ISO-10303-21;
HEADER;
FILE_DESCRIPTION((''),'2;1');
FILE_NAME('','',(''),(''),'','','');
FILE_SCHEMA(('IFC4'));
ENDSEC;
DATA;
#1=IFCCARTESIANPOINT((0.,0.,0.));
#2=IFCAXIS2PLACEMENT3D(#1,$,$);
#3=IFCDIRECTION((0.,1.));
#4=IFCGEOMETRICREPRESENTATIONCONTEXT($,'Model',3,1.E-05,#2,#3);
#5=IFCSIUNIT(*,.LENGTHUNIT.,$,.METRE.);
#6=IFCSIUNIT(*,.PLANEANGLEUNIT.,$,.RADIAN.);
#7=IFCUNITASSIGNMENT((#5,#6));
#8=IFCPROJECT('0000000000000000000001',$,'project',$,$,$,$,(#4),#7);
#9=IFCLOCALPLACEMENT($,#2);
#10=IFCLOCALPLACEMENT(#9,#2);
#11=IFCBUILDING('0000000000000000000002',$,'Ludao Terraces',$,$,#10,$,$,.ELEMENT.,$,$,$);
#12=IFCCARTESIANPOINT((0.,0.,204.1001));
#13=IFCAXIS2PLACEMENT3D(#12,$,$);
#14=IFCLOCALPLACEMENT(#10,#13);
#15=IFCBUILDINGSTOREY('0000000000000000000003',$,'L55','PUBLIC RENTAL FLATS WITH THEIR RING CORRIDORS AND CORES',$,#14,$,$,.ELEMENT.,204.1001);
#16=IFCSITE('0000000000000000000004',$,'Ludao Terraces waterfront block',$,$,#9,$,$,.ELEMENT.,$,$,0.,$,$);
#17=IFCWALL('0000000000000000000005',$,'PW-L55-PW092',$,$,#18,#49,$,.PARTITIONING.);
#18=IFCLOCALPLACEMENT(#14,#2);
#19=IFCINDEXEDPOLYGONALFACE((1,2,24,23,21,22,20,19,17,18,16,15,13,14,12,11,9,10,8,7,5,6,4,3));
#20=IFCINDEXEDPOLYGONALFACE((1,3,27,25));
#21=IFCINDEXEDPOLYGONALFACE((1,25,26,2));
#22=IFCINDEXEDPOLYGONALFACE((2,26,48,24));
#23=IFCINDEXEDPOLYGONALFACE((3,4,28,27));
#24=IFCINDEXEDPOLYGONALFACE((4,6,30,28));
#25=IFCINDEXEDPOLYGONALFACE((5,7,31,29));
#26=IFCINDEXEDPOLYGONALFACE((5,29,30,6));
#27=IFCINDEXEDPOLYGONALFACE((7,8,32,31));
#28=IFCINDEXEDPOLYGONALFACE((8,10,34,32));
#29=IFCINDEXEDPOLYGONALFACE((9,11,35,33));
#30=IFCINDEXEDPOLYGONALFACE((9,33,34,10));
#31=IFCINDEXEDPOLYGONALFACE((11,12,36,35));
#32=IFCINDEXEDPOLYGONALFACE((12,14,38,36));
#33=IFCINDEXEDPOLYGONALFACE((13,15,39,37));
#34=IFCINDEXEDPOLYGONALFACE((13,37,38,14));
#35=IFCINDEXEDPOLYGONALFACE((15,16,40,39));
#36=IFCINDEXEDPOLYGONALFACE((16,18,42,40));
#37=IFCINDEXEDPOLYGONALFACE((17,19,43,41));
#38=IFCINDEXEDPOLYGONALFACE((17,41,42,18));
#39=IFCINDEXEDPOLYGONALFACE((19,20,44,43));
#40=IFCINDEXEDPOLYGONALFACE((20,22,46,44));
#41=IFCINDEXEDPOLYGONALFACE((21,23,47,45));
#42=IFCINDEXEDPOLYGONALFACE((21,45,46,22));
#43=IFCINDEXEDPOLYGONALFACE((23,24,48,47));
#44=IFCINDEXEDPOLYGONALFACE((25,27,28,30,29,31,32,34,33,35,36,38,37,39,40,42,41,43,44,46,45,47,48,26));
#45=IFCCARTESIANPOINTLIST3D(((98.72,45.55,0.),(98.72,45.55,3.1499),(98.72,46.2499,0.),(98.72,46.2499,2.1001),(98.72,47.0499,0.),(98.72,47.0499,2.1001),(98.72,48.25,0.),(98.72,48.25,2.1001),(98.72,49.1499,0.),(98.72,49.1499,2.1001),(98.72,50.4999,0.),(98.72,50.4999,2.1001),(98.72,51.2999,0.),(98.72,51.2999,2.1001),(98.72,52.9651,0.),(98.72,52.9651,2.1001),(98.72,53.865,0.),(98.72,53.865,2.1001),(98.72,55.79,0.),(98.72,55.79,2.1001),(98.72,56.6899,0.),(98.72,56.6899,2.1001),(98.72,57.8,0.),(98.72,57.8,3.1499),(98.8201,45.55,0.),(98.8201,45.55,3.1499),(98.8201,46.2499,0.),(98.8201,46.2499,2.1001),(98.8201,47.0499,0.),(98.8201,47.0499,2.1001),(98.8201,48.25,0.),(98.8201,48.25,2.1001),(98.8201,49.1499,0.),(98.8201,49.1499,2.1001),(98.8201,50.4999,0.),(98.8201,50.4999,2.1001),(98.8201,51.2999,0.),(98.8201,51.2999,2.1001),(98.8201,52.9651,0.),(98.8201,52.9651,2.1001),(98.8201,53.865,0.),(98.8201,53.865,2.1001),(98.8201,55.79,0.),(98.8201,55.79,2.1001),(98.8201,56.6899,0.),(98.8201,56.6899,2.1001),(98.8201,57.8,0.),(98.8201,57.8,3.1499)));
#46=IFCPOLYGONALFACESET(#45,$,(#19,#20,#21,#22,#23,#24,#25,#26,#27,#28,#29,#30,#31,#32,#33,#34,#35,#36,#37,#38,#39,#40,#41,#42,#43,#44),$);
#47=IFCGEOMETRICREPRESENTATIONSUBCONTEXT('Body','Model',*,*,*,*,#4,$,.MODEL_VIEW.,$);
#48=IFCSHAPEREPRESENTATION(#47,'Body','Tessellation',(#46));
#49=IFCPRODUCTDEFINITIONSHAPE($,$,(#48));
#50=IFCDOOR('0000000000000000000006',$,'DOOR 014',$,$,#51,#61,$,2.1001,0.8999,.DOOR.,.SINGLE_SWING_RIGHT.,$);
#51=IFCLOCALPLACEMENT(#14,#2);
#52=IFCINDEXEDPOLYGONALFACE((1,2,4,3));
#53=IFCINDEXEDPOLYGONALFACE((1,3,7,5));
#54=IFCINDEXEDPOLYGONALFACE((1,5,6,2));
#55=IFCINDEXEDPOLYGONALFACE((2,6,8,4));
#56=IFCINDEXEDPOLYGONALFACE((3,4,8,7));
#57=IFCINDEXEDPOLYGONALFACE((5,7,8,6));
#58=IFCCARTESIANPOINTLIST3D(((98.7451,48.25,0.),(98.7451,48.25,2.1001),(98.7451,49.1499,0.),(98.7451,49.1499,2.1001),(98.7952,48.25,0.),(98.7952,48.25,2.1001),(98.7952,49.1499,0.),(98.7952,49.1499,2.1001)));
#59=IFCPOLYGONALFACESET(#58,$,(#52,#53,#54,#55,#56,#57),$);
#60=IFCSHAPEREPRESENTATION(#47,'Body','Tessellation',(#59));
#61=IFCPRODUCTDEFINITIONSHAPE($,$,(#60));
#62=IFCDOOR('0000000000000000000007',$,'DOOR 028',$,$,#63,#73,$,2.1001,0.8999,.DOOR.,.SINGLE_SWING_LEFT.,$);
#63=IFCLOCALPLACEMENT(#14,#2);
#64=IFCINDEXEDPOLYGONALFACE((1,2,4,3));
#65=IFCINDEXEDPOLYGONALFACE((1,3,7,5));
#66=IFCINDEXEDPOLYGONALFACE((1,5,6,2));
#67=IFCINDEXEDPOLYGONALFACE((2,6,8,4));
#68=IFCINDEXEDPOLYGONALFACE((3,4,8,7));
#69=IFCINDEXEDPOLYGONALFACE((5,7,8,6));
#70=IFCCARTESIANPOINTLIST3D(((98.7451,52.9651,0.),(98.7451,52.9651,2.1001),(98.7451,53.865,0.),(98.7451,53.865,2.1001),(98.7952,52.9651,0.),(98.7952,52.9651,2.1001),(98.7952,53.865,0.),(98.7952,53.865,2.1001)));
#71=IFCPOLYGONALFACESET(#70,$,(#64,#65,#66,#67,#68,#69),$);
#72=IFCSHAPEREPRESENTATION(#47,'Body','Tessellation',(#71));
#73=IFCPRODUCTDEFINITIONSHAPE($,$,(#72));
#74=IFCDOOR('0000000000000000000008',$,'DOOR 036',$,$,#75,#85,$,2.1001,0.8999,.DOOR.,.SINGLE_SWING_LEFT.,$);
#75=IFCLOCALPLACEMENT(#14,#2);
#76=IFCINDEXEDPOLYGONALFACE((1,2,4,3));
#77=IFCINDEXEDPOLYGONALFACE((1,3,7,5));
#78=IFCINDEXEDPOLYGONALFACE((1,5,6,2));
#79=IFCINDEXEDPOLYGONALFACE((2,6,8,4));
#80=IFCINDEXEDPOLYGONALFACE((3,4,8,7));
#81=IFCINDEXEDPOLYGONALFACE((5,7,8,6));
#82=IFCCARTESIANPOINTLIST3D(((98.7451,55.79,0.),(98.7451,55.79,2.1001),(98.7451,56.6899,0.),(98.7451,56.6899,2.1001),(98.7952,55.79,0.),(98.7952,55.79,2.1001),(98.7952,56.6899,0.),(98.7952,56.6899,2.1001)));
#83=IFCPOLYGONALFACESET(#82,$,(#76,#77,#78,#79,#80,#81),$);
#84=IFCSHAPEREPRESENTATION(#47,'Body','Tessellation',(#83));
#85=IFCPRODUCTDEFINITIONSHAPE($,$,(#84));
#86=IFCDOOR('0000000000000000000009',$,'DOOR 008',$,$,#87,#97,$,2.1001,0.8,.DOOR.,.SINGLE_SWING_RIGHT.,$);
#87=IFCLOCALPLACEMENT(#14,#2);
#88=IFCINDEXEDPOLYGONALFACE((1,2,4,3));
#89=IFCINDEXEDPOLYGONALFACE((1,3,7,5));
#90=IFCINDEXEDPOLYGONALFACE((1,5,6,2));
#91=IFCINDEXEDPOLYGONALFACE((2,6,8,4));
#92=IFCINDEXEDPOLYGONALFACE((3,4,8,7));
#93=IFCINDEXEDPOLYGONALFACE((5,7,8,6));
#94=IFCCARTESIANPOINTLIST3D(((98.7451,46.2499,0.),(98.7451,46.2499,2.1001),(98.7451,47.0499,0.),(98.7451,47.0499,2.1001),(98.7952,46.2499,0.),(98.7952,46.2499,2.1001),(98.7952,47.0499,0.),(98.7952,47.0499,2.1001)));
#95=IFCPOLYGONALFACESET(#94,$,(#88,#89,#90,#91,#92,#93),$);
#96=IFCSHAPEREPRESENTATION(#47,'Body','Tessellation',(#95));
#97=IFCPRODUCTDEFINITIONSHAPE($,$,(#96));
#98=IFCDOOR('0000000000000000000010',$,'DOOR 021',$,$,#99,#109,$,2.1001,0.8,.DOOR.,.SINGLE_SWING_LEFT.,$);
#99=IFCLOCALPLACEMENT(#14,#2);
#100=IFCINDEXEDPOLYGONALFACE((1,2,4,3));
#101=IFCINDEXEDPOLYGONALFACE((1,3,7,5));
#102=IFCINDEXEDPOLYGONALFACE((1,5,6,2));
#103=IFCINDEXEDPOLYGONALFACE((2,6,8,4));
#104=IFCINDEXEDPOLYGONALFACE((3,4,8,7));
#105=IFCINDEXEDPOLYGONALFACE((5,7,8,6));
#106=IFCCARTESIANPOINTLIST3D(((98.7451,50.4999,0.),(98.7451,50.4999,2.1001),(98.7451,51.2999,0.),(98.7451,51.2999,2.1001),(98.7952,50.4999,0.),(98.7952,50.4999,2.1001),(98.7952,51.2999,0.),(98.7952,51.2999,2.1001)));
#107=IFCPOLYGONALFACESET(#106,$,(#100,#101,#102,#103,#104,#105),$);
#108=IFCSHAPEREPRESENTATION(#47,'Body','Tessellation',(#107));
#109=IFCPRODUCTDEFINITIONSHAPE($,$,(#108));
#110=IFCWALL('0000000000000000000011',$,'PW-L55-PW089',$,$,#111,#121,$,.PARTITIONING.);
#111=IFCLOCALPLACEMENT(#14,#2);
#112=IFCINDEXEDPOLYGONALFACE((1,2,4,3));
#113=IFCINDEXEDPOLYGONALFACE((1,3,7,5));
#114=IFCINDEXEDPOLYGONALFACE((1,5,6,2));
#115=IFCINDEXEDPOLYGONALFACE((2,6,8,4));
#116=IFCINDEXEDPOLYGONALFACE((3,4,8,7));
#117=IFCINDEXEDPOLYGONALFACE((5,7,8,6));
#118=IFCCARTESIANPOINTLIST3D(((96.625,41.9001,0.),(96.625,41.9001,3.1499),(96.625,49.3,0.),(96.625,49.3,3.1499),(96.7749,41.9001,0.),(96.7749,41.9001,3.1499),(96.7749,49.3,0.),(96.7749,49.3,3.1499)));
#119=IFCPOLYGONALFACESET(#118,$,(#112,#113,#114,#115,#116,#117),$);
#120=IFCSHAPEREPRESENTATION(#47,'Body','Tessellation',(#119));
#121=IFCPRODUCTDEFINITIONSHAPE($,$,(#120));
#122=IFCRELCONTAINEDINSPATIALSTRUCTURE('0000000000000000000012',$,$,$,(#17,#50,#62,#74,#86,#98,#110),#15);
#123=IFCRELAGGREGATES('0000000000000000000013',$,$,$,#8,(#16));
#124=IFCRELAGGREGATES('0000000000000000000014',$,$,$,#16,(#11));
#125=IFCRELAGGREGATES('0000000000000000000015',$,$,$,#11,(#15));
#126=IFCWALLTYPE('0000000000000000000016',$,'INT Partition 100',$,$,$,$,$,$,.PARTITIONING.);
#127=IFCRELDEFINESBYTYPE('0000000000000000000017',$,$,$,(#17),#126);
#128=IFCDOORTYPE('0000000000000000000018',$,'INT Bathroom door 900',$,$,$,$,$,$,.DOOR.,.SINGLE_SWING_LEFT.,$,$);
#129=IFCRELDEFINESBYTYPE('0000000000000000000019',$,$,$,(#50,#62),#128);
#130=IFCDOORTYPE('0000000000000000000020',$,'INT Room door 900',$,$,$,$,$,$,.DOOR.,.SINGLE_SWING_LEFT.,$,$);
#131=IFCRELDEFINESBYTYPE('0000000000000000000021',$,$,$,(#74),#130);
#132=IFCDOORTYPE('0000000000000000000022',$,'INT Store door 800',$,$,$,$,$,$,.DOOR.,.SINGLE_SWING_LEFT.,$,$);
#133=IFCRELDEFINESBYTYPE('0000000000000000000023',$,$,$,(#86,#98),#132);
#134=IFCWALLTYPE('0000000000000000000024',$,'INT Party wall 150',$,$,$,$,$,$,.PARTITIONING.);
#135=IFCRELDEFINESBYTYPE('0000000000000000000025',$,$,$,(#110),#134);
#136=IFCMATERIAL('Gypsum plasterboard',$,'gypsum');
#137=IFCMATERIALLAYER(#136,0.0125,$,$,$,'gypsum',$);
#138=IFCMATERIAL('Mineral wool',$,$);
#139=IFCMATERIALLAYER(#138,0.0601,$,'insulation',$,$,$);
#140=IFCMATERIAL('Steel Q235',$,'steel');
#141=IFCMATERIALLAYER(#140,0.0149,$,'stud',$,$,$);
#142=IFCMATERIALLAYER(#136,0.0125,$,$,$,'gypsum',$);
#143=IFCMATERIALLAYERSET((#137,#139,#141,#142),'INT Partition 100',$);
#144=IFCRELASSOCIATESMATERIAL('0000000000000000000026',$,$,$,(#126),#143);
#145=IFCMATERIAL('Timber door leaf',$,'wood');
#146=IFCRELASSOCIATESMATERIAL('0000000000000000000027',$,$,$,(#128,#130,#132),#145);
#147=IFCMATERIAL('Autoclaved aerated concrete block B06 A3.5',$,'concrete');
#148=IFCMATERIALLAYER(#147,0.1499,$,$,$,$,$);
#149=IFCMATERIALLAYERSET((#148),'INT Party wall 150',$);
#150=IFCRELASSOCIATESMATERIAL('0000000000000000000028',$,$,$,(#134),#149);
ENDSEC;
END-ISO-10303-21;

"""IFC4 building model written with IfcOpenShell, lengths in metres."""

from ifc_helpers import new_model, si_unit, direction, frame, frame_2d, origin, place, context, subcontext, project, spatial, rectangle, extrude, material, layer, layer_set, type_object, element, fill, save


model = new_model("IFC4")

# Units and contexts
model_context = context("Model", 3, precision=1e-05, world=origin(), true_north=direction((0.0, 1.0)))
body_context = subcontext(model_context, "Body", "Model", "MODEL_VIEW")
ifc_project = project(units=[si_unit("LENGTHUNIT", "METRE"), si_unit("PLANEANGLEUNIT", "RADIAN")], contexts=[model_context])

# Site, building, storey
site_placement = place(None, origin())
site = spatial("IfcSite", under=ifc_project, at=site_placement, Name="Ludao Terraces waterfront block", CompositionType="ELEMENT", RefElevation=0.0)
building_placement = place(site_placement, origin())
building = spatial("IfcBuilding", under=site, at=building_placement, Name="Ludao Terraces", CompositionType="ELEMENT")
storey_placement = place(building_placement, frame((0.0, 0.0, 204.1001)))
storey = spatial("IfcBuildingStorey", under=building, at=storey_placement, Name="L55", Description="PUBLIC RENTAL FLATS WITH THEIR RING CORRIDORS AND CORES", CompositionType="ELEMENT", Elevation=204.1001)

# Wall, openings, doors
ifc_material_1 = material(Name="Gypsum plasterboard", Category="gypsum")
ifc_layer_1 = layer(ifc_material_1, 0.0125, Category="gypsum")
ifc_material_2 = material(Name="Mineral wool")
ifc_layer_2 = layer(ifc_material_2, 0.0601, Name="insulation")
ifc_material_3 = material(Name="Steel Q235", Category="steel")
ifc_layer_3 = layer(ifc_material_3, 0.0149, Name="stud")
ifc_layer_4 = layer(ifc_material_1, 0.0125, Category="gypsum")
ifc_layer_set_1 = layer_set([ifc_layer_1, ifc_layer_2, ifc_layer_3, ifc_layer_4], Name="INT Partition 100")
wall_type_1 = type_object("IfcWallType", Name="INT Partition 100", PredefinedType="PARTITIONING", material=ifc_layer_set_1)
wall_1_placement = place(storey_placement, frame((98.77, 45.55, 0.0), z_axis=(0.0, 0.0, 1.0), x_axis=(0.0, 1.0, 0.0)))
wall_1 = element("IfcWall", 1, at=wall_1_placement, inside=storey, type_object=wall_type_1, Name="PW-L55-PW092", PredefinedType="PARTITIONING", context=body_context, shape_type="SweptSolid", body=[
    extrude(rectangle(XDim=12.25, YDim=0.1001, at=frame_2d((6.125, 0.0))), origin(), (0.0, 0.0, 1.0), 3.1499),
])
opening_1_placement = place(wall_1_placement, frame((0.7, 0.0, 0.0)))
opening_1 = element("IfcOpeningElement", 2, at=opening_1_placement, cuts=wall_1, PredefinedType="OPENING", context=body_context, shape_type="SweptSolid", body=[
    extrude(rectangle(XDim=0.8, YDim=2.1001, at=frame_2d((0.3999, 1.05))), frame((0.0, 0.0601, 0.0), z_axis=(0.0, -1.0, 0.0), x_axis=(1.0, 0.0, 0.0)), (0.0, 0.0, 1.0), 0.1201),
])
opening_2_placement = place(wall_1_placement, frame((2.7, 0.0, 0.0)))
opening_2 = element("IfcOpeningElement", 3, at=opening_2_placement, cuts=wall_1, PredefinedType="OPENING", context=body_context, shape_type="SweptSolid", body=[
    extrude(rectangle(XDim=0.8999, YDim=2.1001, at=frame_2d((0.45, 1.05))), frame((0.0, 0.0601, 0.0), z_axis=(0.0, -1.0, 0.0), x_axis=(1.0, 0.0, 0.0)), (0.0, 0.0, 1.0), 0.1201),
])
opening_3_placement = place(wall_1_placement, frame((4.95, 0.0, 0.0)))
opening_3 = element("IfcOpeningElement", 4, at=opening_3_placement, cuts=wall_1, PredefinedType="OPENING", context=body_context, shape_type="SweptSolid", body=[
    extrude(rectangle(XDim=0.8, YDim=2.1001, at=frame_2d((0.3999, 1.05))), frame((0.0, 0.0601, 0.0), z_axis=(0.0, -1.0, 0.0), x_axis=(1.0, 0.0, 0.0)), (0.0, 0.0, 1.0), 0.1201),
])
opening_4_placement = place(wall_1_placement, frame((7.415, 0.0, 0.0)))
opening_4 = element("IfcOpeningElement", 5, at=opening_4_placement, cuts=wall_1, PredefinedType="OPENING", context=body_context, shape_type="SweptSolid", body=[
    extrude(rectangle(XDim=0.8999, YDim=2.1001, at=frame_2d((0.45, 1.05))), frame((0.0, 0.0601, 0.0), z_axis=(0.0, -1.0, 0.0), x_axis=(1.0, 0.0, 0.0)), (0.0, 0.0, 1.0), 0.1201),
])
opening_5_placement = place(wall_1_placement, frame((10.24, 0.0, 0.0)))
opening_5 = element("IfcOpeningElement", 6, at=opening_5_placement, cuts=wall_1, PredefinedType="OPENING", context=body_context, shape_type="SweptSolid", body=[
    extrude(rectangle(XDim=0.8999, YDim=2.1001, at=frame_2d((0.45, 1.05))), frame((0.0, 0.0601, 0.0), z_axis=(0.0, -1.0, 0.0), x_axis=(1.0, 0.0, 0.0)), (0.0, 0.0, 1.0), 0.1201),
])
ifc_material_4 = material(Name="Timber door leaf", Category="wood")
door_type_1 = type_object("IfcDoorType", Name="INT Bathroom door 900", OperationType="SINGLE_SWING_LEFT", PredefinedType="DOOR", material=ifc_material_4)
door_1_placement = place(opening_2_placement, origin())
door_1 = element("IfcDoor", 7, at=door_1_placement, inside=storey, type_object=door_type_1, Name="DOOR 014", OperationType="SINGLE_SWING_RIGHT", OverallHeight=2.1001, OverallWidth=0.8999, PredefinedType="DOOR", context=body_context, shape_type="SweptSolid", body=[
    extrude(rectangle(XDim=0.8999, YDim=2.1001, at=frame_2d((0.45, 1.05))), frame((0.0, 0.0249, 0.0), z_axis=(0.0, -1.0, 0.0), x_axis=(1.0, 0.0, 0.0)), (0.0, 0.0, 1.0), 0.05),
])
fill(opening_2, door_1)
door_2_placement = place(opening_4_placement, origin())
door_2 = element("IfcDoor", 8, at=door_2_placement, inside=storey, type_object=door_type_1, Name="DOOR 028", OperationType="SINGLE_SWING_LEFT", OverallHeight=2.1001, OverallWidth=0.8999, PredefinedType="DOOR", context=body_context, shape_type="SweptSolid", body=[
    extrude(rectangle(XDim=0.8999, YDim=2.1001, at=frame_2d((0.45, 1.05))), frame((0.0, 0.0249, 0.0), z_axis=(0.0, -1.0, 0.0), x_axis=(1.0, 0.0, 0.0)), (0.0, 0.0, 1.0), 0.05),
])
fill(opening_4, door_2)
door_type_2 = type_object("IfcDoorType", Name="INT Room door 900", OperationType="SINGLE_SWING_LEFT", PredefinedType="DOOR", material=ifc_material_4)
door_3_placement = place(opening_5_placement, origin())
door_3 = element("IfcDoor", 9, at=door_3_placement, inside=storey, type_object=door_type_2, Name="DOOR 036", OperationType="SINGLE_SWING_LEFT", OverallHeight=2.1001, OverallWidth=0.8999, PredefinedType="DOOR", context=body_context, shape_type="SweptSolid", body=[
    extrude(rectangle(XDim=0.8999, YDim=2.1001, at=frame_2d((0.45, 1.05))), frame((0.0, 0.0249, 0.0), z_axis=(0.0, -1.0, 0.0), x_axis=(1.0, 0.0, 0.0)), (0.0, 0.0, 1.0), 0.05),
])
fill(opening_5, door_3)
door_type_3 = type_object("IfcDoorType", Name="INT Store door 800", OperationType="SINGLE_SWING_LEFT", PredefinedType="DOOR", material=ifc_material_4)
door_4_placement = place(opening_1_placement, origin())
door_4 = element("IfcDoor", 10, at=door_4_placement, inside=storey, type_object=door_type_3, Name="DOOR 008", OperationType="SINGLE_SWING_RIGHT", OverallHeight=2.1001, OverallWidth=0.8, PredefinedType="DOOR", context=body_context, shape_type="SweptSolid", body=[
    extrude(rectangle(XDim=0.8, YDim=2.1001, at=frame_2d((0.3999, 1.05))), frame((0.0, 0.0249, 0.0), z_axis=(0.0, -1.0, 0.0), x_axis=(1.0, 0.0, 0.0)), (0.0, 0.0, 1.0), 0.05),
])
fill(opening_1, door_4)
door_5_placement = place(opening_3_placement, origin())
door_5 = element("IfcDoor", 11, at=door_5_placement, inside=storey, type_object=door_type_3, Name="DOOR 021", OperationType="SINGLE_SWING_LEFT", OverallHeight=2.1001, OverallWidth=0.8, PredefinedType="DOOR", context=body_context, shape_type="SweptSolid", body=[
    extrude(rectangle(XDim=0.8, YDim=2.1001, at=frame_2d((0.3999, 1.05))), frame((0.0, 0.0249, 0.0), z_axis=(0.0, -1.0, 0.0), x_axis=(1.0, 0.0, 0.0)), (0.0, 0.0, 1.0), 0.05),
])
fill(opening_3, door_5)

# Wall
ifc_material_5 = material(Name="Autoclaved aerated concrete block B06 A3.5", Category="concrete")
ifc_layer_5 = layer(ifc_material_5, 0.1499)
ifc_layer_set_2 = layer_set([ifc_layer_5], Name="INT Party wall 150")
wall_type_2 = type_object("IfcWallType", Name="INT Party wall 150", PredefinedType="PARTITIONING", material=ifc_layer_set_2)
wall_2_placement = place(storey_placement, frame((96.7, 41.9001, 0.0), z_axis=(0.0, 0.0, 1.0), x_axis=(0.0, 1.0, 0.0)))
element("IfcWall", 12, at=wall_2_placement, inside=storey, type_object=wall_type_2, Name="PW-L55-PW089", PredefinedType="PARTITIONING", context=body_context, shape_type="SweptSolid", body=[
    extrude(rectangle(XDim=7.3999, YDim=0.1499, at=frame_2d((3.7, 0.0))), origin(), (0.0, 0.0, 1.0), 3.1499),
])

save(model, "model.ifc")
